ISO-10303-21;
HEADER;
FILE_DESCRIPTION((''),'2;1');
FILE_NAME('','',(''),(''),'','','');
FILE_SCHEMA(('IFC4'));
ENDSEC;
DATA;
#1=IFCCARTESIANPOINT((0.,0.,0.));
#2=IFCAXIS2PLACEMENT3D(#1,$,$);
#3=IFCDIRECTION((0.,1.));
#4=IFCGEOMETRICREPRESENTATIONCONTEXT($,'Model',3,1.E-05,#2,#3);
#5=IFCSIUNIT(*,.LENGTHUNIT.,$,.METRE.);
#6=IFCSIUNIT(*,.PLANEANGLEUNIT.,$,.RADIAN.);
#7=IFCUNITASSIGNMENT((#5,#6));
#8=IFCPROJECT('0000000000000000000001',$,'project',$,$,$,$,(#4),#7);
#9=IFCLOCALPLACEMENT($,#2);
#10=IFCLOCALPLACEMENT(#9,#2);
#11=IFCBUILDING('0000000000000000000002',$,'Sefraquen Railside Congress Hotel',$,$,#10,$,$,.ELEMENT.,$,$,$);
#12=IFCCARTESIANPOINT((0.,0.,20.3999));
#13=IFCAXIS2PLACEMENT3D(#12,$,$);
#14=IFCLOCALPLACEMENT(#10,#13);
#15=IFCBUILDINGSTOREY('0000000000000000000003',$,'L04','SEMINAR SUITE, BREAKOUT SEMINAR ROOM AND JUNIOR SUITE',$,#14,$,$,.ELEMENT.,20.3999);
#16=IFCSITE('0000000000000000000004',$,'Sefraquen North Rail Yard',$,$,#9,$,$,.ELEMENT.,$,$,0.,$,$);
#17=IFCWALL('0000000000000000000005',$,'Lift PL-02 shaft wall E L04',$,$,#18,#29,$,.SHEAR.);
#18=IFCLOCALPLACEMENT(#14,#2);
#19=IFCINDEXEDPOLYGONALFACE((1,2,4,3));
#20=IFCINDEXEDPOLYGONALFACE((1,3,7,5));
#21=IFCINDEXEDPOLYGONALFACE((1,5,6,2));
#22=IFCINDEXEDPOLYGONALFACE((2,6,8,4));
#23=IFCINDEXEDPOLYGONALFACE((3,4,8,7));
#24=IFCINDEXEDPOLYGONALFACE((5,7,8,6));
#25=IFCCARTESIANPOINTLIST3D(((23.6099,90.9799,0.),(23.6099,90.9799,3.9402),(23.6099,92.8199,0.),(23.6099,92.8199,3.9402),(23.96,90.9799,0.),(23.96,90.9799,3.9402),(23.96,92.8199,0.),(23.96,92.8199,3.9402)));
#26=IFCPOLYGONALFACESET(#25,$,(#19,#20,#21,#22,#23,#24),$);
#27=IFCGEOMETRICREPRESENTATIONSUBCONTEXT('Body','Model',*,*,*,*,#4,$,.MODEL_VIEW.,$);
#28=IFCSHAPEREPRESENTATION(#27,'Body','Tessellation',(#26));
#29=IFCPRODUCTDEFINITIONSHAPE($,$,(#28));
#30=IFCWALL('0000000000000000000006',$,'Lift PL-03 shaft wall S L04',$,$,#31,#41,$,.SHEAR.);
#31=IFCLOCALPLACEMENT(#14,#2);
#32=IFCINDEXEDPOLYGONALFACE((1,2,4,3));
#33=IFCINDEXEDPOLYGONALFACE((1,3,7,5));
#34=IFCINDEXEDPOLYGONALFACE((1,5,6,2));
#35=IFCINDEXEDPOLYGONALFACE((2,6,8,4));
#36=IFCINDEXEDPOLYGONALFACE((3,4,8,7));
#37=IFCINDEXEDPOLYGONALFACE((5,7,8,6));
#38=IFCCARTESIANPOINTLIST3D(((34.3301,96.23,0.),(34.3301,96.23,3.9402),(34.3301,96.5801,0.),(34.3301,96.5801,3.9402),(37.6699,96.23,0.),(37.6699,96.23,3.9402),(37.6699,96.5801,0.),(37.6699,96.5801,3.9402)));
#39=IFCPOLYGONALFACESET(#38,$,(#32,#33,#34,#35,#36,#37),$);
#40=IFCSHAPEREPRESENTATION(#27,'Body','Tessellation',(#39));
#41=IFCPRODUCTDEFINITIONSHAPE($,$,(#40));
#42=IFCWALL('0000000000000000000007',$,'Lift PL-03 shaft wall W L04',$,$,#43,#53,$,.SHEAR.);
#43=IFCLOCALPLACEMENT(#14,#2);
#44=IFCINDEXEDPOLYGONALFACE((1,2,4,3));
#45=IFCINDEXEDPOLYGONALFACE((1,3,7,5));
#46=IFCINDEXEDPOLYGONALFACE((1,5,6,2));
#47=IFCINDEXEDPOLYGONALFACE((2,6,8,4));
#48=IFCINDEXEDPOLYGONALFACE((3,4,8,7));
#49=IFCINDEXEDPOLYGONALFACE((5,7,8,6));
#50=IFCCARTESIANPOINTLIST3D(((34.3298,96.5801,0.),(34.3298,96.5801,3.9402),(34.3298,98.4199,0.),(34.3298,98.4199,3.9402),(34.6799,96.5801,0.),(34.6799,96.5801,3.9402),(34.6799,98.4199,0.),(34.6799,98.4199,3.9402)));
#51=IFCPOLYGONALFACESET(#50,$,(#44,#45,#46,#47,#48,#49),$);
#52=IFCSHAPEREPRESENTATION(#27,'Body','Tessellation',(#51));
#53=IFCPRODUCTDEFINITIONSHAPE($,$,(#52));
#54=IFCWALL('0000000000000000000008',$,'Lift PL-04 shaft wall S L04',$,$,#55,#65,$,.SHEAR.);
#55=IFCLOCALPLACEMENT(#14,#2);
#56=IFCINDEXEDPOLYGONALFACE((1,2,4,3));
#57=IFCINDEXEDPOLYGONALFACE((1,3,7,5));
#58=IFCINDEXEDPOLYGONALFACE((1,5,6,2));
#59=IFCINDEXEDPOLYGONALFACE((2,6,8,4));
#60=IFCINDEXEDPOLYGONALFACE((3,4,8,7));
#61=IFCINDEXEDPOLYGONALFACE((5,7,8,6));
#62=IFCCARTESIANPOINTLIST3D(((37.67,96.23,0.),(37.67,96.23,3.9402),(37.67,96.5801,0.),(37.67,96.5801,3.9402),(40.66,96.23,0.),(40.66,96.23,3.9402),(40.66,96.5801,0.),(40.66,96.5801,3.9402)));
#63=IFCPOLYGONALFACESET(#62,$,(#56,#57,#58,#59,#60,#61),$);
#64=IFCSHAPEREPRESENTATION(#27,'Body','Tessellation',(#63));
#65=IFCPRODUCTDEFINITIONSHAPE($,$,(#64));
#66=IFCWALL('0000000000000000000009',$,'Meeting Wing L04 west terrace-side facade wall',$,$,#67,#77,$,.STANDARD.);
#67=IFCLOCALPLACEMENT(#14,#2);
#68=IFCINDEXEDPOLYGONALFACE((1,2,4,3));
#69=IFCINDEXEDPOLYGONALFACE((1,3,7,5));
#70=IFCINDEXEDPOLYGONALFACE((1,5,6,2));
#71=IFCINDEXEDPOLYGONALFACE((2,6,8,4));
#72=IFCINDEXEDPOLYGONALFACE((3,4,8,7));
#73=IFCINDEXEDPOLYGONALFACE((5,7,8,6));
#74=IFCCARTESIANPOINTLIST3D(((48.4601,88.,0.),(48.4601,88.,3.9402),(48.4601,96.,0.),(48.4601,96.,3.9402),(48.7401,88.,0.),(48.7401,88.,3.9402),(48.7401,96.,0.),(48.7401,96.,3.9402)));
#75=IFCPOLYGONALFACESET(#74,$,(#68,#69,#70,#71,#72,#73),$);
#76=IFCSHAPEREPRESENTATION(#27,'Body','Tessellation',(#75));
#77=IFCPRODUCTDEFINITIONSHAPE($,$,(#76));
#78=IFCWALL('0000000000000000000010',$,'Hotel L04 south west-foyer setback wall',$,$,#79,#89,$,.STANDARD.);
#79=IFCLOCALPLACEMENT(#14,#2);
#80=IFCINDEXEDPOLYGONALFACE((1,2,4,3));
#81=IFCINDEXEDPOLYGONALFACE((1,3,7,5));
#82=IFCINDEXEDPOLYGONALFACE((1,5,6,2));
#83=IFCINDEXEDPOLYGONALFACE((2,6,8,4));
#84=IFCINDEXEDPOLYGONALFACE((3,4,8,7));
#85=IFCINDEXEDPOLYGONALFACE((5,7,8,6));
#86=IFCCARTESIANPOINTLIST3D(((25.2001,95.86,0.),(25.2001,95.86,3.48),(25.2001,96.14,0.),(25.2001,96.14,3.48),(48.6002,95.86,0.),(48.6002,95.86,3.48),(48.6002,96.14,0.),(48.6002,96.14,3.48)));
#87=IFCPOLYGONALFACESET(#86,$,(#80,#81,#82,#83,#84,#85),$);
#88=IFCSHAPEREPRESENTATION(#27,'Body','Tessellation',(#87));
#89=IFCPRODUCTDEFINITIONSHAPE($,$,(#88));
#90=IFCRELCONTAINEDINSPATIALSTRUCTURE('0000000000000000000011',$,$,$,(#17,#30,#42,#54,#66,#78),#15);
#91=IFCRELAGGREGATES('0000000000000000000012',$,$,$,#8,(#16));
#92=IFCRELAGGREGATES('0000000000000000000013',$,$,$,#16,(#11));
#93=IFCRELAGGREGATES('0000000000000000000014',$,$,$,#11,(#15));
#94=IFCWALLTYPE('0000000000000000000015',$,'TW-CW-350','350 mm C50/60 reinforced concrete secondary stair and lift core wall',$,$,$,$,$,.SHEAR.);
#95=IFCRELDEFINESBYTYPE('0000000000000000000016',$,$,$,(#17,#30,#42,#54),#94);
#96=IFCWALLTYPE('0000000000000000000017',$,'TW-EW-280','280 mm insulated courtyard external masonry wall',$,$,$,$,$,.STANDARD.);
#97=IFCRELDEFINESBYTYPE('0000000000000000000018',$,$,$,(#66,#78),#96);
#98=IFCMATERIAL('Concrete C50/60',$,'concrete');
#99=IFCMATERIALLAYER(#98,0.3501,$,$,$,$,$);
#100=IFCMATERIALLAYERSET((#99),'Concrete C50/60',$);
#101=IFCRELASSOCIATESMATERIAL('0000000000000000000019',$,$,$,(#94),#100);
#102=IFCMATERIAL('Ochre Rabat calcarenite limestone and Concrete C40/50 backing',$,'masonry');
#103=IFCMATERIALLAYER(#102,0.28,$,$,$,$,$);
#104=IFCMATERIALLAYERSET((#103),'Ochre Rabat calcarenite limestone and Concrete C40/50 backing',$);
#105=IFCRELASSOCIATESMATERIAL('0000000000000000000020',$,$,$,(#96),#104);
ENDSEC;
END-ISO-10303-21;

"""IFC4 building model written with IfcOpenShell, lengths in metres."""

from ifc_helpers import new_model, si_unit, direction, frame, frame_2d, origin, place, context, subcontext, project, spatial, rectangle, extrude, material, layer, layer_set, type_object, element, save


model = new_model("IFC4")

# Units and contexts
model_context = context("Model", 3, precision=1e-05, world=origin(), true_north=direction((0.0, 1.0)))
body_context = subcontext(model_context, "Body", "Model", "MODEL_VIEW")
ifc_project = project(units=[si_unit("LENGTHUNIT", "METRE"), si_unit("PLANEANGLEUNIT", "RADIAN")], contexts=[model_context])

# Site, building, storey
site_placement = place(None, origin())
site = spatial("IfcSite", under=ifc_project, at=site_placement, Name="Sefraquen North Rail Yard", CompositionType="ELEMENT", RefElevation=0.0)
building_placement = place(site_placement, origin())
building = spatial("IfcBuilding", under=site, at=building_placement, Name="Sefraquen Railside Congress Hotel", CompositionType="ELEMENT")
storey_placement = place(building_placement, frame((0.0, 0.0, 20.3999)))
storey = spatial("IfcBuildingStorey", under=building, at=storey_placement, Name="L04", Description="SEMINAR SUITE, BREAKOUT SEMINAR ROOM AND JUNIOR SUITE", CompositionType="ELEMENT", Elevation=20.3999)

# Walls
ifc_material_1 = material(Name="Concrete C50/60", Category="concrete")
ifc_layer_1 = layer(ifc_material_1, 0.3501)
ifc_layer_set_1 = layer_set([ifc_layer_1], Name="Concrete C50/60")
wall_type_1 = type_object("IfcWallType", Name="TW-CW-350", Description="350 mm C50/60 reinforced concrete secondary stair and lift core wall", PredefinedType="SHEAR", material=ifc_layer_set_1)
wall_1_placement = place(storey_placement, frame((23.7849, 90.98, 0.0), z_axis=(0.0, 0.0, 1.0), x_axis=(0.0, 1.0, 0.0)))
element("IfcWall", 1, at=wall_1_placement, inside=storey, type_object=wall_type_1, Name="Lift PL-02 shaft wall E L04", PredefinedType="SHEAR", context=body_context, shape_type="SweptSolid", body=[
    extrude(rectangle(XDim=1.8401, YDim=0.3501, at=frame_2d((0.9199, 0.0))), origin(), (0.0, 0.0, 1.0), 3.9402),
])
wall_2_placement = place(storey_placement, frame((34.3301, 96.405, 0.0), z_axis=(0.0, 0.0, 1.0), x_axis=(1.0, 0.0, 0.0)))
element("IfcWall", 2, at=wall_2_placement, inside=storey, type_object=wall_type_1, Name="Lift PL-03 shaft wall S L04", PredefinedType="SHEAR", context=body_context, shape_type="SweptSolid", body=[
    extrude(rectangle(XDim=3.3398, YDim=0.3501, at=frame_2d((1.6699, 0.0))), origin(), (0.0, 0.0, 1.0), 3.9402),
])
wall_3_placement = place(storey_placement, frame((34.5049, 96.5801, 0.0), z_axis=(0.0, 0.0, 1.0), x_axis=(0.0, 1.0, 0.0)))
element("IfcWall", 3, at=wall_3_placement, inside=storey, type_object=wall_type_1, Name="Lift PL-03 shaft wall W L04", PredefinedType="SHEAR", context=body_context, shape_type="SweptSolid", body=[
    extrude(rectangle(XDim=1.8398, YDim=0.3501, at=frame_2d((0.9199, 0.0))), origin(), (0.0, 0.0, 1.0), 3.9402),
])
wall_4_placement = place(storey_placement, frame((37.6699, 96.405, 0.0), z_axis=(0.0, 0.0, 1.0), x_axis=(1.0, 0.0, 0.0)))
element("IfcWall", 4, at=wall_4_placement, inside=storey, type_object=wall_type_1, Name="Lift PL-04 shaft wall S L04", PredefinedType="SHEAR", context=body_context, shape_type="SweptSolid", body=[
    extrude(rectangle(XDim=2.99, YDim=0.3501, at=frame_2d((1.4951, 0.0))), origin(), (0.0, 0.0, 1.0), 3.9402),
])
ifc_material_2 = material(Name="Ochre Rabat calcarenite limestone and Concrete C40/50 backing", Category="masonry")
ifc_layer_2 = layer(ifc_material_2, 0.28)
ifc_layer_set_2 = layer_set([ifc_layer_2], Name="Ochre Rabat calcarenite limestone and Concrete C40/50 backing")
wall_type_2 = type_object("IfcWallType", Name="TW-EW-280", Description="280 mm insulated courtyard external masonry wall", PredefinedType="STANDARD", material=ifc_layer_set_2)
wall_5_placement = place(storey_placement, frame((48.6001, 88.0, 0.0), z_axis=(0.0, 0.0, 1.0), x_axis=(0.0, 1.0, 0.0)))
element("IfcWall", 5, at=wall_5_placement, inside=storey, type_object=wall_type_2, Name="Meeting Wing L04 west terrace-side facade wall", PredefinedType="STANDARD", context=body_context, shape_type="SweptSolid", body=[
    extrude(rectangle(XDim=8.0, YDim=0.28, at=frame_2d((4.0, 0.0))), origin(), (0.0, 0.0, 1.0), 3.9402),
])
wall_6_placement = place(storey_placement, frame((25.2, 96.0, 0.0), z_axis=(0.0, 0.0, 1.0), x_axis=(1.0, 0.0, 0.0)))
element("IfcWall", 6, at=wall_6_placement, inside=storey, type_object=wall_type_2, Name="Hotel L04 south west-foyer setback wall", PredefinedType="STANDARD", context=body_context, shape_type="SweptSolid", body=[
    extrude(rectangle(XDim=23.4001, YDim=0.28, at=frame_2d((11.7002, 0.0))), origin(), (0.0, 0.0, 1.0), 3.48),
])

save(model, "model.ifc")
